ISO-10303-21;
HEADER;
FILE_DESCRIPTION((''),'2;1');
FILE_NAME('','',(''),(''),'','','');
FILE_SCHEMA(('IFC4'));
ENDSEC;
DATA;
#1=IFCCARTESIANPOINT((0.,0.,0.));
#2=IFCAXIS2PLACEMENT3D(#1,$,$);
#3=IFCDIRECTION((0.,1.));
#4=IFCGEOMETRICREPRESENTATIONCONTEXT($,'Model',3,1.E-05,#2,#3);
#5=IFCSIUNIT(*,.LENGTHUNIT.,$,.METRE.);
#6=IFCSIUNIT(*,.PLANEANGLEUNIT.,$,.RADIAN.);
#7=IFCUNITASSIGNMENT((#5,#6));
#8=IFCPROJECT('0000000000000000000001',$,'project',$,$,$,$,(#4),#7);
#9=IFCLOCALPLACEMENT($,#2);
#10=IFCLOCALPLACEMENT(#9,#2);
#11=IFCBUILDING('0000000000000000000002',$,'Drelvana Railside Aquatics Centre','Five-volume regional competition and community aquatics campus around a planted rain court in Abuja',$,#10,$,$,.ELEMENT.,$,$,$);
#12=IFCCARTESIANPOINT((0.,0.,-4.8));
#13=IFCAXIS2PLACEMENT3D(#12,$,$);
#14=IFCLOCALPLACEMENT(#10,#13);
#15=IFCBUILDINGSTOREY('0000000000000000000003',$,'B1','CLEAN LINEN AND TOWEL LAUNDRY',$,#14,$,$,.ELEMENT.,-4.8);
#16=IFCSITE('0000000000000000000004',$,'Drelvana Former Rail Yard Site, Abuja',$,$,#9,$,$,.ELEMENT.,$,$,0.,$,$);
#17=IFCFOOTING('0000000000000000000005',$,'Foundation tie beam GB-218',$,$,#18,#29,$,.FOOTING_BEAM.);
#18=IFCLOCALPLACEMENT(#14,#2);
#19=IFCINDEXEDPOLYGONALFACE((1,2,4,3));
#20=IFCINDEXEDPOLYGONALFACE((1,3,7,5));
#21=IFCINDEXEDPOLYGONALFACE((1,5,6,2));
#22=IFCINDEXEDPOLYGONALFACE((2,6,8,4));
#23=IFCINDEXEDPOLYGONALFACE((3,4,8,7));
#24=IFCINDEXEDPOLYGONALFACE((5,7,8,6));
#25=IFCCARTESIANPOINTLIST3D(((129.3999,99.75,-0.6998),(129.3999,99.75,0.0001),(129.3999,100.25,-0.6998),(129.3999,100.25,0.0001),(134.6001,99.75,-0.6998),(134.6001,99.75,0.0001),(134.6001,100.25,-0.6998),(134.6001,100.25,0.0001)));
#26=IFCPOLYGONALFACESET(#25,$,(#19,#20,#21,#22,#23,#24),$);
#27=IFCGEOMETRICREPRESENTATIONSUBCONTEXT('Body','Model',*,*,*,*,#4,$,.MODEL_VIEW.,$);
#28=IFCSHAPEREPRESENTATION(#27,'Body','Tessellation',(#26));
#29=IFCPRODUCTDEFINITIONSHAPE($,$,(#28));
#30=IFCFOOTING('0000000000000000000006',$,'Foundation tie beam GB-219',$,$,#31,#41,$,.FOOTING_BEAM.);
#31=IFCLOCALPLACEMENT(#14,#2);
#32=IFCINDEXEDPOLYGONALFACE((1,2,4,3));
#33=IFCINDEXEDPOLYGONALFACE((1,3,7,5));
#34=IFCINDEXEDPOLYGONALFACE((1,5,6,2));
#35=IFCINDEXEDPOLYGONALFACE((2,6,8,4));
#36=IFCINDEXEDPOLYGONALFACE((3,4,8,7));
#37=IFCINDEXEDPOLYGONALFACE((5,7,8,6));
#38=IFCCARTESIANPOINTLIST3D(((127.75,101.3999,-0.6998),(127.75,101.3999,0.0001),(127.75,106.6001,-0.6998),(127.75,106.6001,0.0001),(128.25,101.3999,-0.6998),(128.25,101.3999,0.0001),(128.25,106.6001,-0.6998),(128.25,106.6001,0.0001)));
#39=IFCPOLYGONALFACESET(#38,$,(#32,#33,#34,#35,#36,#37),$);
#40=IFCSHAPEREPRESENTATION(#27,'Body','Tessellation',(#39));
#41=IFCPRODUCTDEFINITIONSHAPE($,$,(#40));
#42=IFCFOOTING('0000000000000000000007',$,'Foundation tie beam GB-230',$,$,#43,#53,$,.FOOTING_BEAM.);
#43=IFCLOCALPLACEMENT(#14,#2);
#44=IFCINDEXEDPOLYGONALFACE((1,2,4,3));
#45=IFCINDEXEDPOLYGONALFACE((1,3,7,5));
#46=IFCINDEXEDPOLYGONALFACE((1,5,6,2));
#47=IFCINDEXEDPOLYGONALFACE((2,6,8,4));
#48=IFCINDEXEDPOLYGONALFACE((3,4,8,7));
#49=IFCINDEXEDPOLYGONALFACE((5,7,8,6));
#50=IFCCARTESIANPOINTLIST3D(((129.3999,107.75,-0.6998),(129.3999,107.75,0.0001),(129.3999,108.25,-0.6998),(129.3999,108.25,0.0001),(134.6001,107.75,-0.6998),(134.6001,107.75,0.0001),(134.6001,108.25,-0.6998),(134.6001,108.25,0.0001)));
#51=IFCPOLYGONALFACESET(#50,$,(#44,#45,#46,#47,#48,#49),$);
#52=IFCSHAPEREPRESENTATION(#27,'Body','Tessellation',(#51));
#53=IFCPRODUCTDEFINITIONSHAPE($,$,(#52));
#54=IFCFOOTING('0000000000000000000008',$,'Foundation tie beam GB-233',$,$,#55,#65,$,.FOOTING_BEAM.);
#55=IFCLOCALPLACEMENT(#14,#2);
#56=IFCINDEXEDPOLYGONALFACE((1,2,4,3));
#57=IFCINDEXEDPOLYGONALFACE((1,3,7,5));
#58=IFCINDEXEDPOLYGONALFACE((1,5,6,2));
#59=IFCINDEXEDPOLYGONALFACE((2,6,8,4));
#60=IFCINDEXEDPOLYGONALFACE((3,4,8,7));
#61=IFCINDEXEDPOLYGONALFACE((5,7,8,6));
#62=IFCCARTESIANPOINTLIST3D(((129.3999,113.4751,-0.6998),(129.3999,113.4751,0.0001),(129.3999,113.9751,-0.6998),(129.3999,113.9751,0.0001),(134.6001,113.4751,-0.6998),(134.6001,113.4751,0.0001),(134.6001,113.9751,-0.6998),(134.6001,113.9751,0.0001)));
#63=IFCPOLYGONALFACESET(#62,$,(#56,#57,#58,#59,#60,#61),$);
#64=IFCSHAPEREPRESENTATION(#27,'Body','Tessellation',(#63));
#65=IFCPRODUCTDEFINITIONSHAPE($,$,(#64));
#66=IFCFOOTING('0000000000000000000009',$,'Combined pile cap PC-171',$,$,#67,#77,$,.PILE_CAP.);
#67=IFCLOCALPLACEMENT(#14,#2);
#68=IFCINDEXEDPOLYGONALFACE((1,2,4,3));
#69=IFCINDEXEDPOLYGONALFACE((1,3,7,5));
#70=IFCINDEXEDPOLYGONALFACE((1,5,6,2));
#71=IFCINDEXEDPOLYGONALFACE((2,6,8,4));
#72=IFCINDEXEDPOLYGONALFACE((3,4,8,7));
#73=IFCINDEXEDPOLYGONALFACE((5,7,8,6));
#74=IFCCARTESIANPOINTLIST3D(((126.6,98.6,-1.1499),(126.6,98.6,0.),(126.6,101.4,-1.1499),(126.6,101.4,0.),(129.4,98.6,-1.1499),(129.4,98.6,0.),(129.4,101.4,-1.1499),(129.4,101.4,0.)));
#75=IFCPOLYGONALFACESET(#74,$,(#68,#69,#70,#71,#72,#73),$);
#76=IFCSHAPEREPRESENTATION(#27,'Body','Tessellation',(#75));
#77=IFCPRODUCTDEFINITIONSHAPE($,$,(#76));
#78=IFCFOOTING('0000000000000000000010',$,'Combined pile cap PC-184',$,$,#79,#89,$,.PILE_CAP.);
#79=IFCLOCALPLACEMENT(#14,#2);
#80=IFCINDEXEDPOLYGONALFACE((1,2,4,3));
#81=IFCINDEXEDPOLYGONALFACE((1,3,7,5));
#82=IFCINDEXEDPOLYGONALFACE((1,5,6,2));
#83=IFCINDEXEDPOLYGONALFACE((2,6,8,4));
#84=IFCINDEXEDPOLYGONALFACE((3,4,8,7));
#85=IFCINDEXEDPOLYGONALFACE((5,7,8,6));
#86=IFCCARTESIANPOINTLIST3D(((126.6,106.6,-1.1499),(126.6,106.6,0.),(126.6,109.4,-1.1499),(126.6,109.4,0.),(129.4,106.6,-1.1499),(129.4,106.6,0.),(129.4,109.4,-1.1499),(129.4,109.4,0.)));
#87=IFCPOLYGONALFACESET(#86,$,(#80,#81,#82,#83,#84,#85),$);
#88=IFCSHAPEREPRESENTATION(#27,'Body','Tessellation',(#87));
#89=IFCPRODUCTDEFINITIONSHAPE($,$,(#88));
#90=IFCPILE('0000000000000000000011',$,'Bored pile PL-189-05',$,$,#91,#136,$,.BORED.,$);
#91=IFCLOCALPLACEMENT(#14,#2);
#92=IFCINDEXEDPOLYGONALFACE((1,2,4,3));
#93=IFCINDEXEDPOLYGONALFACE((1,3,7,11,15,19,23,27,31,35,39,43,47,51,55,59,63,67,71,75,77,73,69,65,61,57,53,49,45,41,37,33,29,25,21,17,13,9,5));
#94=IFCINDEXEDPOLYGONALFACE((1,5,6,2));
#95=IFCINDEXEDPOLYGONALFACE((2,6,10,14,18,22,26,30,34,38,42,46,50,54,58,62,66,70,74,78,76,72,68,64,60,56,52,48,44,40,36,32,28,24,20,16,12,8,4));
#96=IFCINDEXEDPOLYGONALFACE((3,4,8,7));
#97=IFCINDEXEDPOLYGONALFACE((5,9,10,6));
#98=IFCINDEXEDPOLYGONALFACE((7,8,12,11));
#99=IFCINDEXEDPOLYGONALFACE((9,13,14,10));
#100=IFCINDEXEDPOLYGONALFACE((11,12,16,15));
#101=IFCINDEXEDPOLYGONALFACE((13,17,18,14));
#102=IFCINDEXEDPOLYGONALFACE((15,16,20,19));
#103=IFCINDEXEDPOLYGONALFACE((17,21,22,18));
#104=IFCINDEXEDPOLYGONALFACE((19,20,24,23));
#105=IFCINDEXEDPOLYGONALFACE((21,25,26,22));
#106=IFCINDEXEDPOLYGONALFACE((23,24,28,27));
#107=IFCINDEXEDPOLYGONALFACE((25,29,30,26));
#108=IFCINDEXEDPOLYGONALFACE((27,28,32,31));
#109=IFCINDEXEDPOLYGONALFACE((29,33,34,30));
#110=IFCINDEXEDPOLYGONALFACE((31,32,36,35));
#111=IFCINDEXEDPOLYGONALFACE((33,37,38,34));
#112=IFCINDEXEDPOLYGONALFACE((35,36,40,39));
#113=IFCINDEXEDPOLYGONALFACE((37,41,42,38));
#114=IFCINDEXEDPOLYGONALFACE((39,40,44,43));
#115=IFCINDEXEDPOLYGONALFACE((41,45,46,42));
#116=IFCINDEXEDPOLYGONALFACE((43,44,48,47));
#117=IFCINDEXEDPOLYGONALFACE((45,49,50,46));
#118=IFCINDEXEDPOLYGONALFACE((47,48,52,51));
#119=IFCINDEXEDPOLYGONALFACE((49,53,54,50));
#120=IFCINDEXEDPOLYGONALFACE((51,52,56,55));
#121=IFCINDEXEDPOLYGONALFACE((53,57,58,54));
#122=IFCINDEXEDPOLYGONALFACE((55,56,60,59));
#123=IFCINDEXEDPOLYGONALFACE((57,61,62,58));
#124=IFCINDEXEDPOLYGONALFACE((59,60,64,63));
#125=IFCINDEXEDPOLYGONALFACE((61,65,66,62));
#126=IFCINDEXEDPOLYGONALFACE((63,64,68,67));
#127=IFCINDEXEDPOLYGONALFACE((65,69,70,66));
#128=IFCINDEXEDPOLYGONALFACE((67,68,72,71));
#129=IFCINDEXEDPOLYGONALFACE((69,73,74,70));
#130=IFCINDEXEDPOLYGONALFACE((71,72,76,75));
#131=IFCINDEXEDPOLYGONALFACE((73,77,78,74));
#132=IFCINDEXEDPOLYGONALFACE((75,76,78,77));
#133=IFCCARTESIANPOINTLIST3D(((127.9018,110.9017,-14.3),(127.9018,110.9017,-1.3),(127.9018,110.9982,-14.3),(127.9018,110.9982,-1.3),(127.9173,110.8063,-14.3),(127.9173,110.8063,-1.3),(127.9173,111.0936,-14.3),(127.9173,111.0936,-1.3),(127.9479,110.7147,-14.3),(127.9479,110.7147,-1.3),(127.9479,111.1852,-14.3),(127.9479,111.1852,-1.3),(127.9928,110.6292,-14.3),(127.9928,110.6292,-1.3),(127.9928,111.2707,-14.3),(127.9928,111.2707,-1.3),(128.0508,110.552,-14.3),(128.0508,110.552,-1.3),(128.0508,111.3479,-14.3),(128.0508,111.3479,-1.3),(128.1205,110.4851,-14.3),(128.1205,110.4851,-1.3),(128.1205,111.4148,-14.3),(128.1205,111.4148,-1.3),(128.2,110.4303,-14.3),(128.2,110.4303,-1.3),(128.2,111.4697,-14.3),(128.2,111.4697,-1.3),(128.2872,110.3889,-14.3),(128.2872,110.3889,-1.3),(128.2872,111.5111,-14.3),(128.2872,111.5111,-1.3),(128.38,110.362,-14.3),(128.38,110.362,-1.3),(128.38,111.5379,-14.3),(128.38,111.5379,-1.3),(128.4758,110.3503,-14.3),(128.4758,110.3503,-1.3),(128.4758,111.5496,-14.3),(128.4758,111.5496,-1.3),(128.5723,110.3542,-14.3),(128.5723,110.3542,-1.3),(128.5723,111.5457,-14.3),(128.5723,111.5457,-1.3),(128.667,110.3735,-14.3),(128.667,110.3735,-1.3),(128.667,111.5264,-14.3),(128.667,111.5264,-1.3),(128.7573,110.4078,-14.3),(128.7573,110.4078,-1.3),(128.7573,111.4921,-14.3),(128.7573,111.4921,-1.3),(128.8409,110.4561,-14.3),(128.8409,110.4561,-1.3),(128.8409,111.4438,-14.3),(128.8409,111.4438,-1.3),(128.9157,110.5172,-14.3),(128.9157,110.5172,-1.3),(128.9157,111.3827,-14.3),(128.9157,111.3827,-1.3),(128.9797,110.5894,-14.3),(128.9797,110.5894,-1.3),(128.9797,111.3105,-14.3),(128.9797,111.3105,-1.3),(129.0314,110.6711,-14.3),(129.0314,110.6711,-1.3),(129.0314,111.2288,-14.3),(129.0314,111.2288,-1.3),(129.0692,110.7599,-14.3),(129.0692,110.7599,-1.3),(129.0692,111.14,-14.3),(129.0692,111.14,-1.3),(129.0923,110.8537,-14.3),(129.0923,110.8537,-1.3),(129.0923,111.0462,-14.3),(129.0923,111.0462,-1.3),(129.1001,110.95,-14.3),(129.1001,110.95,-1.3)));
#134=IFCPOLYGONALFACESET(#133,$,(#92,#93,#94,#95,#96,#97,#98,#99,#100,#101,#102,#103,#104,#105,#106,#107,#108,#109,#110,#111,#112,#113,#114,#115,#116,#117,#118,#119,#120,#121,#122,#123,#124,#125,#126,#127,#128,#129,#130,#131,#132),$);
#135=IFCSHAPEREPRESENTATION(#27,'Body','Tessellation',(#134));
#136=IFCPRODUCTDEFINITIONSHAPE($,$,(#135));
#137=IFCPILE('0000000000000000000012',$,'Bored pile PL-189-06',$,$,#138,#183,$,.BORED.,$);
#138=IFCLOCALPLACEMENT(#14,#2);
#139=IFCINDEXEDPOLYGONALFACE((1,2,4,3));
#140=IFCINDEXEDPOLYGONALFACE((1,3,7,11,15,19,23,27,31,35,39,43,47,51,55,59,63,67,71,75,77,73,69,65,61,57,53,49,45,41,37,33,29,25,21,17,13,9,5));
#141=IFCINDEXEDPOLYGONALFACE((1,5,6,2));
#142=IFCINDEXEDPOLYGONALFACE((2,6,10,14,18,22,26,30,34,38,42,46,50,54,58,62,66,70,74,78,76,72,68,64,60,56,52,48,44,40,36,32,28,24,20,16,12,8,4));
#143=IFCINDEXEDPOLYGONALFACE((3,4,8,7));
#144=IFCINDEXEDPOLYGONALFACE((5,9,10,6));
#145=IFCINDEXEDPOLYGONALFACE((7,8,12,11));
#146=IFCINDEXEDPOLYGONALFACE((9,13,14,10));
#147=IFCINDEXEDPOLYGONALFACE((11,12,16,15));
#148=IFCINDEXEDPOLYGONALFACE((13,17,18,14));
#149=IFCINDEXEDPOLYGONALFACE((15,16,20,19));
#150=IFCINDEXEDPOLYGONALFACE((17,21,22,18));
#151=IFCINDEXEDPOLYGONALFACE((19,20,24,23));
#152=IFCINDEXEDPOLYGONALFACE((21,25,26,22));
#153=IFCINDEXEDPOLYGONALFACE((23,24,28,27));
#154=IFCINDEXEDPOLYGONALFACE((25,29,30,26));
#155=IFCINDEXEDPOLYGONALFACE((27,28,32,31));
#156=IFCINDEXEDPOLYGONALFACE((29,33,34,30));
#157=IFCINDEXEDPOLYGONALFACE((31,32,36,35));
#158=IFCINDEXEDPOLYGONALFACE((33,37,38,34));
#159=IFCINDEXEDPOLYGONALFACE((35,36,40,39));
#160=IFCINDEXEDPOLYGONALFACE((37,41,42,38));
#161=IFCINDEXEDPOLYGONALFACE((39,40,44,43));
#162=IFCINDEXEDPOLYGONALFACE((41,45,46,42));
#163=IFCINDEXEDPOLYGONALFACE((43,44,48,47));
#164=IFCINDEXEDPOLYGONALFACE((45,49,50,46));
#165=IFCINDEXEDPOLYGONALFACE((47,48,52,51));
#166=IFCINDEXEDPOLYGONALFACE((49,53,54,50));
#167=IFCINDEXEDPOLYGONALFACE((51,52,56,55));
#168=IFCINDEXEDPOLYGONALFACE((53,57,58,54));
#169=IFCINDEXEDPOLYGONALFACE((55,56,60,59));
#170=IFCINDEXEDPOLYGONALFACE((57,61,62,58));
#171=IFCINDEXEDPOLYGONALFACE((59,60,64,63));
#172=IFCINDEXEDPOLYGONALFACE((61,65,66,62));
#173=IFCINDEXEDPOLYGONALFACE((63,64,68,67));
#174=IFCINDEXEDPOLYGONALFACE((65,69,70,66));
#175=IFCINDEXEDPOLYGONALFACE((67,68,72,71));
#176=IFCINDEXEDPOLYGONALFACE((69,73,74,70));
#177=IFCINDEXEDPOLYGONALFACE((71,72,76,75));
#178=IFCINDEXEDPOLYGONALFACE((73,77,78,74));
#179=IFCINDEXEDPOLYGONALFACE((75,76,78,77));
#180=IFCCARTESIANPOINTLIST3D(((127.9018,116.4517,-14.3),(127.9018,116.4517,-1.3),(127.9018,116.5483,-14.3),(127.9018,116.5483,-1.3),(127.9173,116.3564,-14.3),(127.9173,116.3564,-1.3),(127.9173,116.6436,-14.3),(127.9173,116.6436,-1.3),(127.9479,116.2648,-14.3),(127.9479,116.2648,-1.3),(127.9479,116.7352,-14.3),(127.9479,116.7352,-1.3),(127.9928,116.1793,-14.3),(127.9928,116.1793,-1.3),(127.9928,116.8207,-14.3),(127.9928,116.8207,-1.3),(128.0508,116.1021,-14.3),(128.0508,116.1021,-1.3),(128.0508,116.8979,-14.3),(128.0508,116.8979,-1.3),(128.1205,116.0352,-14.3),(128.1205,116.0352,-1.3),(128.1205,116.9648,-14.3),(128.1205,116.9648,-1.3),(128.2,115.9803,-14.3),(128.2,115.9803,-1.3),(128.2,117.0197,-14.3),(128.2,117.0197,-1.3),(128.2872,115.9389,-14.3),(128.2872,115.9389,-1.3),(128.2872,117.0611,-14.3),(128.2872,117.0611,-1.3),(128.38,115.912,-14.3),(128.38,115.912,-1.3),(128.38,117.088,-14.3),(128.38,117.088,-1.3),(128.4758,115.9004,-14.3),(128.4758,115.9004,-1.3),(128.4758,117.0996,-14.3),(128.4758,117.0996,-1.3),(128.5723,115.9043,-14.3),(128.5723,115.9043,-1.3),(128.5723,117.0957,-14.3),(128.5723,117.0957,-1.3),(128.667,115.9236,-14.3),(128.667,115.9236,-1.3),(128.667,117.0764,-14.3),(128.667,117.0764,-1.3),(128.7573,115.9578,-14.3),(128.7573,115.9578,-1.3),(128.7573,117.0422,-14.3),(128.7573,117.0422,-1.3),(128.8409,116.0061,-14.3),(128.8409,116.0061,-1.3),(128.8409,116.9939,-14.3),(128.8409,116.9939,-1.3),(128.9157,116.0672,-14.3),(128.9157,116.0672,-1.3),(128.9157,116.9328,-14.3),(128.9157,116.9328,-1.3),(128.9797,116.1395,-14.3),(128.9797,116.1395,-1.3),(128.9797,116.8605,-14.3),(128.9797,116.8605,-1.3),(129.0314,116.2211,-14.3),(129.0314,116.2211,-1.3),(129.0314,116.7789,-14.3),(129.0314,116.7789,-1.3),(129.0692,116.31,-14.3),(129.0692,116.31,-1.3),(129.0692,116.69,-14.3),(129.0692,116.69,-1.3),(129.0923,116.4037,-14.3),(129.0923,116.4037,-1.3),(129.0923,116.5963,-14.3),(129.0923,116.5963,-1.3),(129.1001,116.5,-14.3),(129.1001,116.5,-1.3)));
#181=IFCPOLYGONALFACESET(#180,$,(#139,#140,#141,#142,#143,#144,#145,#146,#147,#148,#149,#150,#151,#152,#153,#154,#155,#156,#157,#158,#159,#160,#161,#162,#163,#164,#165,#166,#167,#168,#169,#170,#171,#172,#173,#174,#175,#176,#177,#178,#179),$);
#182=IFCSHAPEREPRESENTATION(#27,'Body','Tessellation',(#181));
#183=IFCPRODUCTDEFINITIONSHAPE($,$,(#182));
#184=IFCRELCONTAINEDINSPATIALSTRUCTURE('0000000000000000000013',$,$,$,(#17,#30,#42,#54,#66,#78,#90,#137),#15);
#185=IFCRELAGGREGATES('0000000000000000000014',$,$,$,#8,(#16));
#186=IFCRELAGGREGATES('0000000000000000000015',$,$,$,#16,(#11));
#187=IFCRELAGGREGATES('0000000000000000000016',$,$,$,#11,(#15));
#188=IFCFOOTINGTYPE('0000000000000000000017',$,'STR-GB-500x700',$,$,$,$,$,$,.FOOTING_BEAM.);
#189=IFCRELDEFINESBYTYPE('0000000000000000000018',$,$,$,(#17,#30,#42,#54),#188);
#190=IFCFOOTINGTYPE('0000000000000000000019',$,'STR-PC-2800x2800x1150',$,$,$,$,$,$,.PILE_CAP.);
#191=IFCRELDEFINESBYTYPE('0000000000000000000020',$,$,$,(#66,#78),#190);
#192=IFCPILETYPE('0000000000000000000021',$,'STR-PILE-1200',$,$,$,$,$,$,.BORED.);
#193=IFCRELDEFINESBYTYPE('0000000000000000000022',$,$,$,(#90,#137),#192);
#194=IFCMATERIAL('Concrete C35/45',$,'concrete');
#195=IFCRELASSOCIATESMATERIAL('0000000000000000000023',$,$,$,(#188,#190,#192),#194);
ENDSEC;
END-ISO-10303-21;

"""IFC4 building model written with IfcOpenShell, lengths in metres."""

from ifc_helpers import new_model, si_unit, direction, frame, origin, origin_2d, place, context, subcontext, project, spatial, rectangle, circle, extrude, material, material_profile, profile_set, type_object, element, save


model = new_model("IFC4")

# Units and contexts
model_context = context("Model", 3, precision=1e-05, world=origin(), true_north=direction((0.0, 1.0)))
body_context = subcontext(model_context, "Body", "Model", "MODEL_VIEW")
ifc_project = project(units=[si_unit("LENGTHUNIT", "METRE"), si_unit("PLANEANGLEUNIT", "RADIAN")], contexts=[model_context])

# Site, building, storey
site_placement = place(None, origin())
site = spatial("IfcSite", under=ifc_project, at=site_placement, Name="Drelvana Former Rail Yard Site, Abuja", CompositionType="ELEMENT", RefElevation=0.0)
building_placement = place(site_placement, origin())
building = spatial("IfcBuilding", under=site, at=building_placement, Name="Drelvana Railside Aquatics Centre", Description="Five-volume regional competition and community aquatics campus around a planted rain court in Abuja", CompositionType="ELEMENT")
storey_placement = place(building_placement, frame((0.0, 0.0, -4.8)))
storey = spatial("IfcBuildingStorey", under=building, at=storey_placement, Name="B1", Description="CLEAN LINEN AND TOWEL LAUNDRY", CompositionType="ELEMENT", Elevation=-4.8)

# Footings
ifc_material_1 = material(Name="Concrete C35/45", Category="concrete")
ifc_material_profile_1 = material_profile(ifc_material_1, rectangle(XDim=0.5, YDim=0.7, at=origin_2d()), Name="GB 500x700")
ifc_profile_set_1 = profile_set([ifc_material_profile_1], Name="Concrete C35/45")
footing_type_1 = type_object("IfcFootingType", Name="STR-GB-500x700", PredefinedType="FOOTING_BEAM", material=ifc_profile_set_1)
for number, where, z_axis, x_axis, name in (
    (1, (129.3999, 100.0, -0.3499), (1.0, 0.0, 0.0), (0.0, 1.0, 0.0), "Foundation tie beam GB-218"),
    (2, (128.0, 101.3999, -0.3499), (0.0, 1.0, 0.0), (-1.0, 0.0, 0.0), "Foundation tie beam GB-219"),
    (3, (129.3999, 108.0, -0.3499), (1.0, 0.0, 0.0), (0.0, 1.0, 0.0), "Foundation tie beam GB-230"),
    (4, (129.3999, 113.7251, -0.3499), (1.0, 0.0, 0.0), (0.0, 1.0, 0.0), "Foundation tie beam GB-233"),
):
    element("IfcFooting", number, at=place(storey_placement, frame(where, z_axis=z_axis, x_axis=x_axis)), inside=storey, type_object=footing_type_1, Name=name, PredefinedType="FOOTING_BEAM", context=body_context, shape_type="SweptSolid", body=[
        extrude(rectangle(XDim=0.5, YDim=0.7, at=origin_2d()), origin(), (0.0, 0.0, 1.0), 5.2002),
    ])
footing_type_2 = type_object("IfcFootingType", Name="STR-PC-2800x2800x1150", PredefinedType="PILE_CAP", material=ifc_material_1)
for number, where, z_axis, x_axis, name in (
    (5, (128.0, 100.0, -1.1499), (0.0, 0.0, 1.0), (1.0, 0.0, 0.0), "Combined pile cap PC-171"),
    (6, (128.0, 108.0, -1.1499), (0.0, 0.0, 1.0), (1.0, 0.0, 0.0), "Combined pile cap PC-184"),
):
    element("IfcFooting", number, at=place(storey_placement, frame(where, z_axis=z_axis, x_axis=x_axis)), inside=storey, type_object=footing_type_2, Name=name, PredefinedType="PILE_CAP", context=body_context, shape_type="SweptSolid", body=[
        extrude(rectangle(XDim=2.8, YDim=2.8, at=origin_2d()), origin(), (0.0, 0.0, 1.0), 1.1499),
    ])

# Piles
ifc_material_profile_2 = material_profile(ifc_material_1, circle(Radius=0.6001, at=origin_2d()), Name="PILE D1200")
ifc_profile_set_2 = profile_set([ifc_material_profile_2], Name="Concrete C35/45")
pile_type_1 = type_object("IfcPileType", Name="STR-PILE-1200", PredefinedType="BORED", material=ifc_profile_set_2)
for number, where, z_axis, x_axis, name in (
    (7, (128.5, 110.95, -1.3), (0.0, 0.0, -1.0), (1.0, 0.0, 0.0), "Bored pile PL-189-05"),
    (8, (128.5, 116.5, -1.3), (0.0, 0.0, -1.0), (1.0, 0.0, 0.0), "Bored pile PL-189-06"),
):
    element("IfcPile", number, at=place(storey_placement, frame(where, z_axis=z_axis, x_axis=x_axis)), inside=storey, type_object=pile_type_1, Name=name, PredefinedType="BORED", context=body_context, shape_type="SweptSolid", body=[
        extrude(circle(Radius=0.6001, at=origin_2d()), origin(), (0.0, 0.0, 1.0), 13.0),
    ])

save(model, "model.ifc")
